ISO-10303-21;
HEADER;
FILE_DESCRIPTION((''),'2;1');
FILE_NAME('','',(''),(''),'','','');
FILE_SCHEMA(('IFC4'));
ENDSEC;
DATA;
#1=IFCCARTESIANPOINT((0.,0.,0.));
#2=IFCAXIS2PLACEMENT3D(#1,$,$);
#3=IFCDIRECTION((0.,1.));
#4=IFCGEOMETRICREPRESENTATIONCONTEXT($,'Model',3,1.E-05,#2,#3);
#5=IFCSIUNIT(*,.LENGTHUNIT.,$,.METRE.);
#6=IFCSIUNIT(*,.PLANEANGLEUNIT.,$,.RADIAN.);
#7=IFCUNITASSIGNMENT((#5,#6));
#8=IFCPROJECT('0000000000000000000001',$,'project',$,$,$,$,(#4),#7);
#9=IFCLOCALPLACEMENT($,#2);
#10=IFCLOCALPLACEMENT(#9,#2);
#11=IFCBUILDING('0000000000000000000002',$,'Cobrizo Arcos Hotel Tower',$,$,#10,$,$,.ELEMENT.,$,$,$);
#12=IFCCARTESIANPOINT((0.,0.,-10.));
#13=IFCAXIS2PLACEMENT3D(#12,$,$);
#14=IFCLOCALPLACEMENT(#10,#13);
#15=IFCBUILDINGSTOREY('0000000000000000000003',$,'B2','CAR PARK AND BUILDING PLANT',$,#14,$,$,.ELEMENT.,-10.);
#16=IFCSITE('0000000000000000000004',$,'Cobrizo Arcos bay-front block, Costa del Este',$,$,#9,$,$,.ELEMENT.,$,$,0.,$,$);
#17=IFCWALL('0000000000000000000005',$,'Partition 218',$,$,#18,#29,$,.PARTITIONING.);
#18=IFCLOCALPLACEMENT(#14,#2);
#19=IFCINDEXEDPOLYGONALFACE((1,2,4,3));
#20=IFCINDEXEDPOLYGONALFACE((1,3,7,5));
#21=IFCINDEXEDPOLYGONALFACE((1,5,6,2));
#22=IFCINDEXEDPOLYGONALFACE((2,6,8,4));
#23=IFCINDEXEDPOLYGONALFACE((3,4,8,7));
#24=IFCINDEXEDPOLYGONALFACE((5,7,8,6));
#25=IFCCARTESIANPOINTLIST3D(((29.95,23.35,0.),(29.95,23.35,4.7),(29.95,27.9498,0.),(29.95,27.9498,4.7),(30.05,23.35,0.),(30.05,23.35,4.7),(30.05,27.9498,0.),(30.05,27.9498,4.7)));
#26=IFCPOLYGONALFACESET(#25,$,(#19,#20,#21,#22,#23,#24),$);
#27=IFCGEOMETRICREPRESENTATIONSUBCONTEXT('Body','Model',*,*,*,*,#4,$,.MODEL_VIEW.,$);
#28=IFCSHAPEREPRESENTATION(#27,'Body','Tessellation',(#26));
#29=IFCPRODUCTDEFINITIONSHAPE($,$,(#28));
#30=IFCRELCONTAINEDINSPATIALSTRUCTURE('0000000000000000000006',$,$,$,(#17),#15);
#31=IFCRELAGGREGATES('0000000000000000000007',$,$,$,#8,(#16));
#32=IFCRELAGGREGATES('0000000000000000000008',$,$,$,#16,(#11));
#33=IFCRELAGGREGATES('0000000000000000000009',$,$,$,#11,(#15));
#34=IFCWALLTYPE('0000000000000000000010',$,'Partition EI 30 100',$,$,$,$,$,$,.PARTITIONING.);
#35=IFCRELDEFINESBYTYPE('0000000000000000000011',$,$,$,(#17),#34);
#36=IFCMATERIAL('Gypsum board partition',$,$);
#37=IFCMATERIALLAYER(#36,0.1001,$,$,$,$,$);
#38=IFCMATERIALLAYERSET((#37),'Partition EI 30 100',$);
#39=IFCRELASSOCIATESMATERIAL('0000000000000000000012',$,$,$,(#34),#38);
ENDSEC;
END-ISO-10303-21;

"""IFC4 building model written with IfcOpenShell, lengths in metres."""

from ifc_helpers import new_model, si_unit, direction, frame, frame_2d, origin, place, context, subcontext, project, spatial, rectangle, extrude, material, layer, layer_set, type_object, element, save


model = new_model("IFC4")

# Units and contexts
model_context = context("Model", 3, precision=1e-05, world=origin(), true_north=direction((0.0, 1.0)))
body_context = subcontext(model_context, "Body", "Model", "MODEL_VIEW")
ifc_project = project(units=[si_unit("LENGTHUNIT", "METRE"), si_unit("PLANEANGLEUNIT", "RADIAN")], contexts=[model_context])

# Site, building, storey
site_placement = place(None, origin())
site = spatial("IfcSite", under=ifc_project, at=site_placement, Name="Cobrizo Arcos bay-front block, Costa del Este", CompositionType="ELEMENT", RefElevation=0.0)
building_placement = place(site_placement, origin())
building = spatial("IfcBuilding", under=site, at=building_placement, Name="Cobrizo Arcos Hotel Tower", CompositionType="ELEMENT")
storey_placement = place(building_placement, frame((0.0, 0.0, -10.0)))
storey = spatial("IfcBuildingStorey", under=building, at=storey_placement, Name="B2", Description="CAR PARK AND BUILDING PLANT", CompositionType="ELEMENT", Elevation=-10.0)

# Wall
ifc_material_1 = material(Name="Gypsum board partition")
ifc_layer = layer(ifc_material_1, 0.1001)
ifc_layer_set = layer_set([ifc_layer], Name="Partition EI 30 100")
wall_type = type_object("IfcWallType", Name="Partition EI 30 100", PredefinedType="PARTITIONING", material=ifc_layer_set)
wall_1_placement = place(storey_placement, frame((30.0, 23.3501, 0.0), z_axis=(0.0, 0.0, 1.0), x_axis=(0.0, 1.0, 0.0)))
element("IfcWall", 1, at=wall_1_placement, inside=storey, type_object=wall_type, Name="Partition 218", PredefinedType="PARTITIONING", context=body_context, shape_type="SweptSolid", body=[
    extrude(rectangle(XDim=4.5999, YDim=0.1001, at=frame_2d((2.2998, 0.0))), origin(), (0.0, 0.0, 1.0), 4.7),
])

save(model, "model.ifc")
